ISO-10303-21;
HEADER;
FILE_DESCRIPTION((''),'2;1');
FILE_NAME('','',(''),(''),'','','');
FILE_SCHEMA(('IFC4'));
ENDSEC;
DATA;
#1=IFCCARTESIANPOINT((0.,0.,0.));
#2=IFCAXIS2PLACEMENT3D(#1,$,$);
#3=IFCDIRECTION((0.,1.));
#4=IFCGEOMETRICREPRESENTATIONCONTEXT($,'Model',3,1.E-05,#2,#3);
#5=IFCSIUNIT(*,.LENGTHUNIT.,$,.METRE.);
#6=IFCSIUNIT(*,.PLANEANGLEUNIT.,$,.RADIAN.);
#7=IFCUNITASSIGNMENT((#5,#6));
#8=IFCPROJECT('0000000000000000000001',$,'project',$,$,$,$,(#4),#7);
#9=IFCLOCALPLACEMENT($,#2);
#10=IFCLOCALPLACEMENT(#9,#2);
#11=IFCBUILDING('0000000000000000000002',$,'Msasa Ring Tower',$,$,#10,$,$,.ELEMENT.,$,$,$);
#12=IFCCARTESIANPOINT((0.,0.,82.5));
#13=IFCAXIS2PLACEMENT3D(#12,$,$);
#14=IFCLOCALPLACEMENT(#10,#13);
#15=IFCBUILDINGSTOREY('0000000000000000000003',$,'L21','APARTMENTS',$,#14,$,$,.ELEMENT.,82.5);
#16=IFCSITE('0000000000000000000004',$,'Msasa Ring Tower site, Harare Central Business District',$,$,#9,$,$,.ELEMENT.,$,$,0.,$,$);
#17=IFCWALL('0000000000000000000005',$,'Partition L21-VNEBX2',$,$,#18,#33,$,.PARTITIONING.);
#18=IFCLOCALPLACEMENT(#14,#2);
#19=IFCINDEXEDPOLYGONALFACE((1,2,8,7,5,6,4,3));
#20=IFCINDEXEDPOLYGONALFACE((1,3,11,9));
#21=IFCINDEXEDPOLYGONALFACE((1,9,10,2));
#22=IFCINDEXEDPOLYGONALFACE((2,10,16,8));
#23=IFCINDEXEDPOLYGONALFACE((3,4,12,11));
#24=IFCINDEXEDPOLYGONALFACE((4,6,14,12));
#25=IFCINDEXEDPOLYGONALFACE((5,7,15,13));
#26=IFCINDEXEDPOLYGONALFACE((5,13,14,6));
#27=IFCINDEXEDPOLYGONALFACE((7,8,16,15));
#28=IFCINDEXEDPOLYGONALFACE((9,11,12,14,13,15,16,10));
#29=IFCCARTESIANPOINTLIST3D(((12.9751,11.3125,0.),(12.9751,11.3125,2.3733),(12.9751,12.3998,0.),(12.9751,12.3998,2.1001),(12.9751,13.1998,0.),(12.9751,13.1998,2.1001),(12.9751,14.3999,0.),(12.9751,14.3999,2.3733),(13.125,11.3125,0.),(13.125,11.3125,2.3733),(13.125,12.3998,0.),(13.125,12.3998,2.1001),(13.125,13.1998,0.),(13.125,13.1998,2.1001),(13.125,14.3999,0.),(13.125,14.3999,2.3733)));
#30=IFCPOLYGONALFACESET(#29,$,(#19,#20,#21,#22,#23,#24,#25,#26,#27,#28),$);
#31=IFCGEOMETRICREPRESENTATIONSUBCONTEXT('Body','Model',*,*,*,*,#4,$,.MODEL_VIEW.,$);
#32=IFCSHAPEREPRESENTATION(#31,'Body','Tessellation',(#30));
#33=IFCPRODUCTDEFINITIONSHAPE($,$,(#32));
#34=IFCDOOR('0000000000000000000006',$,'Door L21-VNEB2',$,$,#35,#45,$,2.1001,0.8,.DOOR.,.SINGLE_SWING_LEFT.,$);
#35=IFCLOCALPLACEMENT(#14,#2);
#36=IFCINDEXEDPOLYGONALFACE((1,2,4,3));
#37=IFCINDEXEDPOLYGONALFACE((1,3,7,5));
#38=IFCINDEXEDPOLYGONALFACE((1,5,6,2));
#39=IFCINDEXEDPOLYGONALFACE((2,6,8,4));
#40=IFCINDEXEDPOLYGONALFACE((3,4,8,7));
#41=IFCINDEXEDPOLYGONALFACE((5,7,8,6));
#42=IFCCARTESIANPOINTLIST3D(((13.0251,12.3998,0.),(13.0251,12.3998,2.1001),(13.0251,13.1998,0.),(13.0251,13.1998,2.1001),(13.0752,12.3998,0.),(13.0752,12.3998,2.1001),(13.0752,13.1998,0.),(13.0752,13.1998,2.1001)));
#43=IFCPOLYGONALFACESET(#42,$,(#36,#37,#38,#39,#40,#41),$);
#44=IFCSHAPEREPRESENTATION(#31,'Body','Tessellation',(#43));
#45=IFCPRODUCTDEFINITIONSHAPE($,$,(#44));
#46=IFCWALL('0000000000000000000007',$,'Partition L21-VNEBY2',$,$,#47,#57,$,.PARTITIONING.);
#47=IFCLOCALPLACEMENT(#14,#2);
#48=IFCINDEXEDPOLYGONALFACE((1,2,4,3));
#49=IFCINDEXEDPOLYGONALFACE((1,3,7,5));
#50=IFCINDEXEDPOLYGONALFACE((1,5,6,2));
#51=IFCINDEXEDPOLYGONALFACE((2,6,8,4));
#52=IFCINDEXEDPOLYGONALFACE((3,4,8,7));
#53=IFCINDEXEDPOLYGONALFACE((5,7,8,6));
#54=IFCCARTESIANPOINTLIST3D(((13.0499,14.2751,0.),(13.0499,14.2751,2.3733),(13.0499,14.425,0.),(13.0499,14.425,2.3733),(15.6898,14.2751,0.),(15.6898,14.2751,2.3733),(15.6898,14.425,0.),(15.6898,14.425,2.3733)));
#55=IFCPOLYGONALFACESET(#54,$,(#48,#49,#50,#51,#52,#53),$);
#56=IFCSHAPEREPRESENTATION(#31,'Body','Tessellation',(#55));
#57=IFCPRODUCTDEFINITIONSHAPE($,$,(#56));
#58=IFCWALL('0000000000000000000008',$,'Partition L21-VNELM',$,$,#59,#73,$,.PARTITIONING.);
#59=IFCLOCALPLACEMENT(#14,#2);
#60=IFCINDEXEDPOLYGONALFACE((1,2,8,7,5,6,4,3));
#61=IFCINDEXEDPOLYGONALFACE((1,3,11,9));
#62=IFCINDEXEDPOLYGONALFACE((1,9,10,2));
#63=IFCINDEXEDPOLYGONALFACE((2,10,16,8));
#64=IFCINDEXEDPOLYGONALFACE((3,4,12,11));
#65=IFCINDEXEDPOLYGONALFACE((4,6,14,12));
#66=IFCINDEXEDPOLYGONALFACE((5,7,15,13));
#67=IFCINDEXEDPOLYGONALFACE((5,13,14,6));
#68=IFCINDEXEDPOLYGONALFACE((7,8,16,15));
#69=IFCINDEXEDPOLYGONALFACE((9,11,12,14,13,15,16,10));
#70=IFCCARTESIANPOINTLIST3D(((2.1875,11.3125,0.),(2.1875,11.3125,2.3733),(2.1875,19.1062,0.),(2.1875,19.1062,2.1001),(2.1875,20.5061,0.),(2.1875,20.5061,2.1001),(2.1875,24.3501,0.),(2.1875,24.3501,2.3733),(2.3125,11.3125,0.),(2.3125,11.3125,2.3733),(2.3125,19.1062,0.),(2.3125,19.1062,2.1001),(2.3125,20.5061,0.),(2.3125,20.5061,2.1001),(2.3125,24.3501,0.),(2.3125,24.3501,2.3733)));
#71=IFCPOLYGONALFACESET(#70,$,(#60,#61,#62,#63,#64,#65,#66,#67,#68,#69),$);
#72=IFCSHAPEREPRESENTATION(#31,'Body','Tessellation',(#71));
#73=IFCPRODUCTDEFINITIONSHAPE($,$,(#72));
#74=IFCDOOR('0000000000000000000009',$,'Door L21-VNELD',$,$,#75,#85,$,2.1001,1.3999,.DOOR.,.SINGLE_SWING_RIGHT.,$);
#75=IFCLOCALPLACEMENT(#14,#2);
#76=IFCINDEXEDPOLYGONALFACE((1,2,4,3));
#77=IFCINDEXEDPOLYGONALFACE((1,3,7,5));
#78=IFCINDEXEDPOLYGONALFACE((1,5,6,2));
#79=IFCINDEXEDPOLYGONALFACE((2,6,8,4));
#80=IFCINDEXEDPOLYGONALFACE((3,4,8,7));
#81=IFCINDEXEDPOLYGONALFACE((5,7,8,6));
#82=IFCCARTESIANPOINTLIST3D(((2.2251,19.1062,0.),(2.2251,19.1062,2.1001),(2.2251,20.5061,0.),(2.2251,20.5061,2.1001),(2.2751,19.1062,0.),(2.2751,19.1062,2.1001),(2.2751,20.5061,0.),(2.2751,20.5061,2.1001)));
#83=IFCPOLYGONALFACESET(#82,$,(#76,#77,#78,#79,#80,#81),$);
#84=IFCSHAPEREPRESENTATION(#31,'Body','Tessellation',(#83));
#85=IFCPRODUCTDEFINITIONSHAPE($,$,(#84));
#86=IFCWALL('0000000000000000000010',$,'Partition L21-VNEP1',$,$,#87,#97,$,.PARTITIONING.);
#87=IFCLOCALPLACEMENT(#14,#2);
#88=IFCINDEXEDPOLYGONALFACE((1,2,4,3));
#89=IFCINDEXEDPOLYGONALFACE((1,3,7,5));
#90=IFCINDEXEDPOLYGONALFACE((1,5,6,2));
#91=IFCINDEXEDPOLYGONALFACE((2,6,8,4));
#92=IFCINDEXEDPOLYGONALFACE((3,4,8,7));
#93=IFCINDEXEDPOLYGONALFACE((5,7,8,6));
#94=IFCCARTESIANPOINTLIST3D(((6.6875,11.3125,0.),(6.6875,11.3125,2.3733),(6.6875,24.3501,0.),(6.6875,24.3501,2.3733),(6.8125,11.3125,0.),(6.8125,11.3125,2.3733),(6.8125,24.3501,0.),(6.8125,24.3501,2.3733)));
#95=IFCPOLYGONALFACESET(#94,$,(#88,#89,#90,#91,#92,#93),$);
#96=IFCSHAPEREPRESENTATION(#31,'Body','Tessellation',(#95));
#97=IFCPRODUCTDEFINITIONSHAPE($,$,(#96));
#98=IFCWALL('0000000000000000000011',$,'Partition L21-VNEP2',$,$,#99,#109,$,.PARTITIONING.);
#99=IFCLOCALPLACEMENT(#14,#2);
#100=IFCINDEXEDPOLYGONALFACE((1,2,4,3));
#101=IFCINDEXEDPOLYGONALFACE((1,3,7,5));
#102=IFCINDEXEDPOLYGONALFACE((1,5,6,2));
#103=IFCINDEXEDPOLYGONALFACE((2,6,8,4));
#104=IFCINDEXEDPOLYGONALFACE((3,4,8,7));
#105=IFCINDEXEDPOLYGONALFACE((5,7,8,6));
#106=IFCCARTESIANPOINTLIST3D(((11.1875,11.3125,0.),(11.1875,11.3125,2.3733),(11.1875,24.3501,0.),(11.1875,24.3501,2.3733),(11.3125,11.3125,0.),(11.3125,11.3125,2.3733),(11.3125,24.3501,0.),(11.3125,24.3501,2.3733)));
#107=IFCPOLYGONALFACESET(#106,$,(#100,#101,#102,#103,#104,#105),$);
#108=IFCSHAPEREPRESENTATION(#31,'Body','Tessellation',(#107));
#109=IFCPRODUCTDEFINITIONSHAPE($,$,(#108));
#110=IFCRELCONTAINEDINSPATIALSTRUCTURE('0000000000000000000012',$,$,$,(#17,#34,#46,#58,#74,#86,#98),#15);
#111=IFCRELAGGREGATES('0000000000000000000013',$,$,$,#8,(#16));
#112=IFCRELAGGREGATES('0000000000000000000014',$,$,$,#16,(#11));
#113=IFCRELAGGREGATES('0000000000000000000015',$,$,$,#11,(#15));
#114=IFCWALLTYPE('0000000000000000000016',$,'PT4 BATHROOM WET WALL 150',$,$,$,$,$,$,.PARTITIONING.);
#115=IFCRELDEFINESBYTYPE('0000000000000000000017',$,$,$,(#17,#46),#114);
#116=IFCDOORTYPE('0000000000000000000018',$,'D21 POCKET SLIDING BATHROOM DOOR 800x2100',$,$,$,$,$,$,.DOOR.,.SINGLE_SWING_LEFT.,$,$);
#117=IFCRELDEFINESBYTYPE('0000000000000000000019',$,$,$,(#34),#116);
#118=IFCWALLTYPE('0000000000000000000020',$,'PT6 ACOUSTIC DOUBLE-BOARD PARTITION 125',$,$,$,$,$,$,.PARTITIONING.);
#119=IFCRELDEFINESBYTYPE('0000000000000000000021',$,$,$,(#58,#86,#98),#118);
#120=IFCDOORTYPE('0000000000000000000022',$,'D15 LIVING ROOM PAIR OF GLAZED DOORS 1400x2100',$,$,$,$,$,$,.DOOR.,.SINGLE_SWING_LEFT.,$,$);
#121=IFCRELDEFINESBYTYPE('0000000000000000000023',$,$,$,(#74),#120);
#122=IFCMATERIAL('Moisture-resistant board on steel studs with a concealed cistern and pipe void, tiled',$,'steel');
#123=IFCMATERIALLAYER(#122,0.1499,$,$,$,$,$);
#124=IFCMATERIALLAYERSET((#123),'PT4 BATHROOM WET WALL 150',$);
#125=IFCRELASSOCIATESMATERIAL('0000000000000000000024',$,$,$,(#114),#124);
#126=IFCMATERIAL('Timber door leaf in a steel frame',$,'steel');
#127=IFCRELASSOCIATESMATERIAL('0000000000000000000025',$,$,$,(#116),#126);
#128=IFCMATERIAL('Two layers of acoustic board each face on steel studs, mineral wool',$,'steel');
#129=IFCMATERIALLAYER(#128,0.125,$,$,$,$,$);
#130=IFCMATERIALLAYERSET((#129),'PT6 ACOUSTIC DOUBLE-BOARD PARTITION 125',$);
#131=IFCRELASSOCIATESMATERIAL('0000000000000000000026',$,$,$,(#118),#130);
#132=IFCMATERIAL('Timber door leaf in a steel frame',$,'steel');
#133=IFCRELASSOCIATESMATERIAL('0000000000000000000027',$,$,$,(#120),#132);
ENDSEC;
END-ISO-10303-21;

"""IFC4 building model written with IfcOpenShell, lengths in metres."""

from ifc_helpers import new_model, si_unit, direction, frame, frame_2d, origin, place, context, subcontext, project, spatial, rectangle, extrude, material, layer, layer_set, type_object, element, fill, save


model = new_model("IFC4")

# Units and contexts
model_context = context("Model", 3, precision=1e-05, world=origin(), true_north=direction((0.0, 1.0)))
body_context = subcontext(model_context, "Body", "Model", "MODEL_VIEW")
ifc_project = project(units=[si_unit("LENGTHUNIT", "METRE"), si_unit("PLANEANGLEUNIT", "RADIAN")], contexts=[model_context])

# Site, building, storey
site_placement = place(None, origin())
site = spatial("IfcSite", under=ifc_project, at=site_placement, Name="Msasa Ring Tower site, Harare Central Business District", CompositionType="ELEMENT", RefElevation=0.0)
building_placement = place(site_placement, origin())
building = spatial("IfcBuilding", under=site, at=building_placement, Name="Msasa Ring Tower", CompositionType="ELEMENT")
storey_placement = place(building_placement, frame((0.0, 0.0, 82.5)))
storey = spatial("IfcBuildingStorey", under=building, at=storey_placement, Name="L21", Description="APARTMENTS", CompositionType="ELEMENT", Elevation=82.5)

# Shared definitions
ifc_material_1 = material(Name="Moisture-resistant board on steel studs with a concealed cistern and pipe void, tiled", Category="steel")
ifc_layer_1 = layer(ifc_material_1, 0.1499)
ifc_layer_set_1 = layer_set([ifc_layer_1], Name="PT4 BATHROOM WET WALL 150")
wall_type_1 = type_object("IfcWallType", Name="PT4 BATHROOM WET WALL 150", PredefinedType="PARTITIONING", material=ifc_layer_set_1)
ifc_material_2 = material(Name="Timber door leaf in a steel frame", Category="steel")
door_type_1 = type_object("IfcDoorType", Name="D21 POCKET SLIDING BATHROOM DOOR 800x2100", OperationType="SINGLE_SWING_LEFT", PredefinedType="DOOR", material=ifc_material_2)

# Wall, opening, door
wall_1_placement = place(storey_placement, frame((13.05, 11.3125, 0.0), z_axis=(0.0, 0.0, 1.0), x_axis=(0.0, 1.0, 0.0)))
wall_1 = element("IfcWall", 1, at=wall_1_placement, inside=storey, type_object=wall_type_1, Name="Partition L21-VNEBX2", PredefinedType="PARTITIONING", context=body_context, shape_type="SweptSolid", body=[
    extrude(rectangle(XDim=3.0874, YDim=0.1499, at=frame_2d((1.5437, 0.0))), origin(), (0.0, 0.0, 1.0), 2.3733),
])
opening_1_placement = place(wall_1_placement, frame((1.0874, 0.0, 0.0)))
opening_1 = element("IfcOpeningElement", 2, at=opening_1_placement, cuts=wall_1, PredefinedType="OPENING", context=body_context, shape_type="SweptSolid", body=[
    extrude(rectangle(XDim=0.8, YDim=2.1001, at=frame_2d((0.3999, 1.05))), frame((0.0, 0.085, 0.0), z_axis=(0.0, -1.0, 0.0), x_axis=(1.0, 0.0, 0.0)), (0.0, 0.0, 1.0), 0.1699),
])
door_1_placement = place(opening_1_placement, origin())
door_1 = element("IfcDoor", 3, at=door_1_placement, inside=storey, type_object=door_type_1, Name="Door L21-VNEB2", OperationType="SINGLE_SWING_LEFT", OverallHeight=2.1001, OverallWidth=0.8, PredefinedType="DOOR", context=body_context, shape_type="SweptSolid", body=[
    extrude(rectangle(XDim=0.8, YDim=2.1001, at=frame_2d((0.3999, 1.05))), frame((0.0, 0.0249, 0.0), z_axis=(0.0, -1.0, 0.0), x_axis=(1.0, 0.0, 0.0)), (0.0, 0.0, 1.0), 0.05),
])
fill(opening_1, door_1)

# Wall
wall_2_placement = place(storey_placement, frame((13.05, 14.3501, 0.0), z_axis=(0.0, 0.0, 1.0), x_axis=(1.0, 0.0, 0.0)))
element("IfcWall", 4, at=wall_2_placement, inside=storey, type_object=wall_type_1, Name="Partition L21-VNEBY2", PredefinedType="PARTITIONING", context=body_context, shape_type="SweptSolid", body=[
    extrude(rectangle(XDim=2.6399, YDim=0.1499, at=frame_2d((1.3198, 0.0))), origin(), (0.0, 0.0, 1.0), 2.3733),
])

# Wall, opening, door
ifc_material_3 = material(Name="Two layers of acoustic board each face on steel studs, mineral wool", Category="steel")
ifc_layer_2 = layer(ifc_material_3, 0.125)
ifc_layer_set_2 = layer_set([ifc_layer_2], Name="PT6 ACOUSTIC DOUBLE-BOARD PARTITION 125")
wall_type_2 = type_object("IfcWallType", Name="PT6 ACOUSTIC DOUBLE-BOARD PARTITION 125", PredefinedType="PARTITIONING", material=ifc_layer_set_2)
wall_3_placement = place(storey_placement, frame((2.25, 11.3125, 0.0), z_axis=(0.0, 0.0, 1.0), x_axis=(0.0, 1.0, 0.0)))
wall_3 = element("IfcWall", 5, at=wall_3_placement, inside=storey, type_object=wall_type_2, Name="Partition L21-VNELM", PredefinedType="PARTITIONING", context=body_context, shape_type="SweptSolid", body=[
    extrude(rectangle(XDim=13.0376, YDim=0.125, at=frame_2d((6.5188, 0.0))), origin(), (0.0, 0.0, 1.0), 2.3733),
])
opening_2_placement = place(wall_3_placement, frame((7.7937, 0.0, 0.0)))
opening_2 = element("IfcOpeningElement", 6, at=opening_2_placement, cuts=wall_3, PredefinedType="OPENING", context=body_context, shape_type="SweptSolid", body=[
    extrude(rectangle(XDim=1.3999, YDim=2.1001, at=frame_2d((0.7, 1.05))), frame((0.0, 0.0725, 0.0), z_axis=(0.0, -1.0, 0.0), x_axis=(1.0, 0.0, 0.0)), (0.0, 0.0, 1.0), 0.145),
])
ifc_material_4 = material(Name="Timber door leaf in a steel frame", Category="steel")
door_type_2 = type_object("IfcDoorType", Name="D15 LIVING ROOM PAIR OF GLAZED DOORS 1400x2100", OperationType="SINGLE_SWING_LEFT", PredefinedType="DOOR", material=ifc_material_4)
door_2_placement = place(opening_2_placement, origin())
door_2 = element("IfcDoor", 7, at=door_2_placement, inside=storey, type_object=door_type_2, Name="Door L21-VNELD", OperationType="SINGLE_SWING_RIGHT", OverallHeight=2.1001, OverallWidth=1.3999, PredefinedType="DOOR", context=body_context, shape_type="SweptSolid", body=[
    extrude(rectangle(XDim=1.3999, YDim=2.1001, at=frame_2d((0.7, 1.05))), frame((0.0, 0.0249, 0.0), z_axis=(0.0, -1.0, 0.0), x_axis=(1.0, 0.0, 0.0)), (0.0, 0.0, 1.0), 0.05),
])
fill(opening_2, door_2)

# Walls
for number, where, z_axis, x_axis, name in (
    (8, (6.75, 11.3125, 0.0), (0.0, 0.0, 1.0), (0.0, 1.0, 0.0), "Partition L21-VNEP1"),
    (9, (11.25, 11.3125, 0.0), (0.0, 0.0, 1.0), (0.0, 1.0, 0.0), "Partition L21-VNEP2"),
):
    element("IfcWall", number, at=place(storey_placement, frame(where, z_axis=z_axis, x_axis=x_axis)), inside=storey, type_object=wall_type_2, Name=name, PredefinedType="PARTITIONING", context=body_context, shape_type="SweptSolid", body=[
        extrude(rectangle(XDim=13.0376, YDim=0.125, at=frame_2d((6.5188, 0.0))), origin(), (0.0, 0.0, 1.0), 2.3733),
    ])

save(model, "model.ifc")
